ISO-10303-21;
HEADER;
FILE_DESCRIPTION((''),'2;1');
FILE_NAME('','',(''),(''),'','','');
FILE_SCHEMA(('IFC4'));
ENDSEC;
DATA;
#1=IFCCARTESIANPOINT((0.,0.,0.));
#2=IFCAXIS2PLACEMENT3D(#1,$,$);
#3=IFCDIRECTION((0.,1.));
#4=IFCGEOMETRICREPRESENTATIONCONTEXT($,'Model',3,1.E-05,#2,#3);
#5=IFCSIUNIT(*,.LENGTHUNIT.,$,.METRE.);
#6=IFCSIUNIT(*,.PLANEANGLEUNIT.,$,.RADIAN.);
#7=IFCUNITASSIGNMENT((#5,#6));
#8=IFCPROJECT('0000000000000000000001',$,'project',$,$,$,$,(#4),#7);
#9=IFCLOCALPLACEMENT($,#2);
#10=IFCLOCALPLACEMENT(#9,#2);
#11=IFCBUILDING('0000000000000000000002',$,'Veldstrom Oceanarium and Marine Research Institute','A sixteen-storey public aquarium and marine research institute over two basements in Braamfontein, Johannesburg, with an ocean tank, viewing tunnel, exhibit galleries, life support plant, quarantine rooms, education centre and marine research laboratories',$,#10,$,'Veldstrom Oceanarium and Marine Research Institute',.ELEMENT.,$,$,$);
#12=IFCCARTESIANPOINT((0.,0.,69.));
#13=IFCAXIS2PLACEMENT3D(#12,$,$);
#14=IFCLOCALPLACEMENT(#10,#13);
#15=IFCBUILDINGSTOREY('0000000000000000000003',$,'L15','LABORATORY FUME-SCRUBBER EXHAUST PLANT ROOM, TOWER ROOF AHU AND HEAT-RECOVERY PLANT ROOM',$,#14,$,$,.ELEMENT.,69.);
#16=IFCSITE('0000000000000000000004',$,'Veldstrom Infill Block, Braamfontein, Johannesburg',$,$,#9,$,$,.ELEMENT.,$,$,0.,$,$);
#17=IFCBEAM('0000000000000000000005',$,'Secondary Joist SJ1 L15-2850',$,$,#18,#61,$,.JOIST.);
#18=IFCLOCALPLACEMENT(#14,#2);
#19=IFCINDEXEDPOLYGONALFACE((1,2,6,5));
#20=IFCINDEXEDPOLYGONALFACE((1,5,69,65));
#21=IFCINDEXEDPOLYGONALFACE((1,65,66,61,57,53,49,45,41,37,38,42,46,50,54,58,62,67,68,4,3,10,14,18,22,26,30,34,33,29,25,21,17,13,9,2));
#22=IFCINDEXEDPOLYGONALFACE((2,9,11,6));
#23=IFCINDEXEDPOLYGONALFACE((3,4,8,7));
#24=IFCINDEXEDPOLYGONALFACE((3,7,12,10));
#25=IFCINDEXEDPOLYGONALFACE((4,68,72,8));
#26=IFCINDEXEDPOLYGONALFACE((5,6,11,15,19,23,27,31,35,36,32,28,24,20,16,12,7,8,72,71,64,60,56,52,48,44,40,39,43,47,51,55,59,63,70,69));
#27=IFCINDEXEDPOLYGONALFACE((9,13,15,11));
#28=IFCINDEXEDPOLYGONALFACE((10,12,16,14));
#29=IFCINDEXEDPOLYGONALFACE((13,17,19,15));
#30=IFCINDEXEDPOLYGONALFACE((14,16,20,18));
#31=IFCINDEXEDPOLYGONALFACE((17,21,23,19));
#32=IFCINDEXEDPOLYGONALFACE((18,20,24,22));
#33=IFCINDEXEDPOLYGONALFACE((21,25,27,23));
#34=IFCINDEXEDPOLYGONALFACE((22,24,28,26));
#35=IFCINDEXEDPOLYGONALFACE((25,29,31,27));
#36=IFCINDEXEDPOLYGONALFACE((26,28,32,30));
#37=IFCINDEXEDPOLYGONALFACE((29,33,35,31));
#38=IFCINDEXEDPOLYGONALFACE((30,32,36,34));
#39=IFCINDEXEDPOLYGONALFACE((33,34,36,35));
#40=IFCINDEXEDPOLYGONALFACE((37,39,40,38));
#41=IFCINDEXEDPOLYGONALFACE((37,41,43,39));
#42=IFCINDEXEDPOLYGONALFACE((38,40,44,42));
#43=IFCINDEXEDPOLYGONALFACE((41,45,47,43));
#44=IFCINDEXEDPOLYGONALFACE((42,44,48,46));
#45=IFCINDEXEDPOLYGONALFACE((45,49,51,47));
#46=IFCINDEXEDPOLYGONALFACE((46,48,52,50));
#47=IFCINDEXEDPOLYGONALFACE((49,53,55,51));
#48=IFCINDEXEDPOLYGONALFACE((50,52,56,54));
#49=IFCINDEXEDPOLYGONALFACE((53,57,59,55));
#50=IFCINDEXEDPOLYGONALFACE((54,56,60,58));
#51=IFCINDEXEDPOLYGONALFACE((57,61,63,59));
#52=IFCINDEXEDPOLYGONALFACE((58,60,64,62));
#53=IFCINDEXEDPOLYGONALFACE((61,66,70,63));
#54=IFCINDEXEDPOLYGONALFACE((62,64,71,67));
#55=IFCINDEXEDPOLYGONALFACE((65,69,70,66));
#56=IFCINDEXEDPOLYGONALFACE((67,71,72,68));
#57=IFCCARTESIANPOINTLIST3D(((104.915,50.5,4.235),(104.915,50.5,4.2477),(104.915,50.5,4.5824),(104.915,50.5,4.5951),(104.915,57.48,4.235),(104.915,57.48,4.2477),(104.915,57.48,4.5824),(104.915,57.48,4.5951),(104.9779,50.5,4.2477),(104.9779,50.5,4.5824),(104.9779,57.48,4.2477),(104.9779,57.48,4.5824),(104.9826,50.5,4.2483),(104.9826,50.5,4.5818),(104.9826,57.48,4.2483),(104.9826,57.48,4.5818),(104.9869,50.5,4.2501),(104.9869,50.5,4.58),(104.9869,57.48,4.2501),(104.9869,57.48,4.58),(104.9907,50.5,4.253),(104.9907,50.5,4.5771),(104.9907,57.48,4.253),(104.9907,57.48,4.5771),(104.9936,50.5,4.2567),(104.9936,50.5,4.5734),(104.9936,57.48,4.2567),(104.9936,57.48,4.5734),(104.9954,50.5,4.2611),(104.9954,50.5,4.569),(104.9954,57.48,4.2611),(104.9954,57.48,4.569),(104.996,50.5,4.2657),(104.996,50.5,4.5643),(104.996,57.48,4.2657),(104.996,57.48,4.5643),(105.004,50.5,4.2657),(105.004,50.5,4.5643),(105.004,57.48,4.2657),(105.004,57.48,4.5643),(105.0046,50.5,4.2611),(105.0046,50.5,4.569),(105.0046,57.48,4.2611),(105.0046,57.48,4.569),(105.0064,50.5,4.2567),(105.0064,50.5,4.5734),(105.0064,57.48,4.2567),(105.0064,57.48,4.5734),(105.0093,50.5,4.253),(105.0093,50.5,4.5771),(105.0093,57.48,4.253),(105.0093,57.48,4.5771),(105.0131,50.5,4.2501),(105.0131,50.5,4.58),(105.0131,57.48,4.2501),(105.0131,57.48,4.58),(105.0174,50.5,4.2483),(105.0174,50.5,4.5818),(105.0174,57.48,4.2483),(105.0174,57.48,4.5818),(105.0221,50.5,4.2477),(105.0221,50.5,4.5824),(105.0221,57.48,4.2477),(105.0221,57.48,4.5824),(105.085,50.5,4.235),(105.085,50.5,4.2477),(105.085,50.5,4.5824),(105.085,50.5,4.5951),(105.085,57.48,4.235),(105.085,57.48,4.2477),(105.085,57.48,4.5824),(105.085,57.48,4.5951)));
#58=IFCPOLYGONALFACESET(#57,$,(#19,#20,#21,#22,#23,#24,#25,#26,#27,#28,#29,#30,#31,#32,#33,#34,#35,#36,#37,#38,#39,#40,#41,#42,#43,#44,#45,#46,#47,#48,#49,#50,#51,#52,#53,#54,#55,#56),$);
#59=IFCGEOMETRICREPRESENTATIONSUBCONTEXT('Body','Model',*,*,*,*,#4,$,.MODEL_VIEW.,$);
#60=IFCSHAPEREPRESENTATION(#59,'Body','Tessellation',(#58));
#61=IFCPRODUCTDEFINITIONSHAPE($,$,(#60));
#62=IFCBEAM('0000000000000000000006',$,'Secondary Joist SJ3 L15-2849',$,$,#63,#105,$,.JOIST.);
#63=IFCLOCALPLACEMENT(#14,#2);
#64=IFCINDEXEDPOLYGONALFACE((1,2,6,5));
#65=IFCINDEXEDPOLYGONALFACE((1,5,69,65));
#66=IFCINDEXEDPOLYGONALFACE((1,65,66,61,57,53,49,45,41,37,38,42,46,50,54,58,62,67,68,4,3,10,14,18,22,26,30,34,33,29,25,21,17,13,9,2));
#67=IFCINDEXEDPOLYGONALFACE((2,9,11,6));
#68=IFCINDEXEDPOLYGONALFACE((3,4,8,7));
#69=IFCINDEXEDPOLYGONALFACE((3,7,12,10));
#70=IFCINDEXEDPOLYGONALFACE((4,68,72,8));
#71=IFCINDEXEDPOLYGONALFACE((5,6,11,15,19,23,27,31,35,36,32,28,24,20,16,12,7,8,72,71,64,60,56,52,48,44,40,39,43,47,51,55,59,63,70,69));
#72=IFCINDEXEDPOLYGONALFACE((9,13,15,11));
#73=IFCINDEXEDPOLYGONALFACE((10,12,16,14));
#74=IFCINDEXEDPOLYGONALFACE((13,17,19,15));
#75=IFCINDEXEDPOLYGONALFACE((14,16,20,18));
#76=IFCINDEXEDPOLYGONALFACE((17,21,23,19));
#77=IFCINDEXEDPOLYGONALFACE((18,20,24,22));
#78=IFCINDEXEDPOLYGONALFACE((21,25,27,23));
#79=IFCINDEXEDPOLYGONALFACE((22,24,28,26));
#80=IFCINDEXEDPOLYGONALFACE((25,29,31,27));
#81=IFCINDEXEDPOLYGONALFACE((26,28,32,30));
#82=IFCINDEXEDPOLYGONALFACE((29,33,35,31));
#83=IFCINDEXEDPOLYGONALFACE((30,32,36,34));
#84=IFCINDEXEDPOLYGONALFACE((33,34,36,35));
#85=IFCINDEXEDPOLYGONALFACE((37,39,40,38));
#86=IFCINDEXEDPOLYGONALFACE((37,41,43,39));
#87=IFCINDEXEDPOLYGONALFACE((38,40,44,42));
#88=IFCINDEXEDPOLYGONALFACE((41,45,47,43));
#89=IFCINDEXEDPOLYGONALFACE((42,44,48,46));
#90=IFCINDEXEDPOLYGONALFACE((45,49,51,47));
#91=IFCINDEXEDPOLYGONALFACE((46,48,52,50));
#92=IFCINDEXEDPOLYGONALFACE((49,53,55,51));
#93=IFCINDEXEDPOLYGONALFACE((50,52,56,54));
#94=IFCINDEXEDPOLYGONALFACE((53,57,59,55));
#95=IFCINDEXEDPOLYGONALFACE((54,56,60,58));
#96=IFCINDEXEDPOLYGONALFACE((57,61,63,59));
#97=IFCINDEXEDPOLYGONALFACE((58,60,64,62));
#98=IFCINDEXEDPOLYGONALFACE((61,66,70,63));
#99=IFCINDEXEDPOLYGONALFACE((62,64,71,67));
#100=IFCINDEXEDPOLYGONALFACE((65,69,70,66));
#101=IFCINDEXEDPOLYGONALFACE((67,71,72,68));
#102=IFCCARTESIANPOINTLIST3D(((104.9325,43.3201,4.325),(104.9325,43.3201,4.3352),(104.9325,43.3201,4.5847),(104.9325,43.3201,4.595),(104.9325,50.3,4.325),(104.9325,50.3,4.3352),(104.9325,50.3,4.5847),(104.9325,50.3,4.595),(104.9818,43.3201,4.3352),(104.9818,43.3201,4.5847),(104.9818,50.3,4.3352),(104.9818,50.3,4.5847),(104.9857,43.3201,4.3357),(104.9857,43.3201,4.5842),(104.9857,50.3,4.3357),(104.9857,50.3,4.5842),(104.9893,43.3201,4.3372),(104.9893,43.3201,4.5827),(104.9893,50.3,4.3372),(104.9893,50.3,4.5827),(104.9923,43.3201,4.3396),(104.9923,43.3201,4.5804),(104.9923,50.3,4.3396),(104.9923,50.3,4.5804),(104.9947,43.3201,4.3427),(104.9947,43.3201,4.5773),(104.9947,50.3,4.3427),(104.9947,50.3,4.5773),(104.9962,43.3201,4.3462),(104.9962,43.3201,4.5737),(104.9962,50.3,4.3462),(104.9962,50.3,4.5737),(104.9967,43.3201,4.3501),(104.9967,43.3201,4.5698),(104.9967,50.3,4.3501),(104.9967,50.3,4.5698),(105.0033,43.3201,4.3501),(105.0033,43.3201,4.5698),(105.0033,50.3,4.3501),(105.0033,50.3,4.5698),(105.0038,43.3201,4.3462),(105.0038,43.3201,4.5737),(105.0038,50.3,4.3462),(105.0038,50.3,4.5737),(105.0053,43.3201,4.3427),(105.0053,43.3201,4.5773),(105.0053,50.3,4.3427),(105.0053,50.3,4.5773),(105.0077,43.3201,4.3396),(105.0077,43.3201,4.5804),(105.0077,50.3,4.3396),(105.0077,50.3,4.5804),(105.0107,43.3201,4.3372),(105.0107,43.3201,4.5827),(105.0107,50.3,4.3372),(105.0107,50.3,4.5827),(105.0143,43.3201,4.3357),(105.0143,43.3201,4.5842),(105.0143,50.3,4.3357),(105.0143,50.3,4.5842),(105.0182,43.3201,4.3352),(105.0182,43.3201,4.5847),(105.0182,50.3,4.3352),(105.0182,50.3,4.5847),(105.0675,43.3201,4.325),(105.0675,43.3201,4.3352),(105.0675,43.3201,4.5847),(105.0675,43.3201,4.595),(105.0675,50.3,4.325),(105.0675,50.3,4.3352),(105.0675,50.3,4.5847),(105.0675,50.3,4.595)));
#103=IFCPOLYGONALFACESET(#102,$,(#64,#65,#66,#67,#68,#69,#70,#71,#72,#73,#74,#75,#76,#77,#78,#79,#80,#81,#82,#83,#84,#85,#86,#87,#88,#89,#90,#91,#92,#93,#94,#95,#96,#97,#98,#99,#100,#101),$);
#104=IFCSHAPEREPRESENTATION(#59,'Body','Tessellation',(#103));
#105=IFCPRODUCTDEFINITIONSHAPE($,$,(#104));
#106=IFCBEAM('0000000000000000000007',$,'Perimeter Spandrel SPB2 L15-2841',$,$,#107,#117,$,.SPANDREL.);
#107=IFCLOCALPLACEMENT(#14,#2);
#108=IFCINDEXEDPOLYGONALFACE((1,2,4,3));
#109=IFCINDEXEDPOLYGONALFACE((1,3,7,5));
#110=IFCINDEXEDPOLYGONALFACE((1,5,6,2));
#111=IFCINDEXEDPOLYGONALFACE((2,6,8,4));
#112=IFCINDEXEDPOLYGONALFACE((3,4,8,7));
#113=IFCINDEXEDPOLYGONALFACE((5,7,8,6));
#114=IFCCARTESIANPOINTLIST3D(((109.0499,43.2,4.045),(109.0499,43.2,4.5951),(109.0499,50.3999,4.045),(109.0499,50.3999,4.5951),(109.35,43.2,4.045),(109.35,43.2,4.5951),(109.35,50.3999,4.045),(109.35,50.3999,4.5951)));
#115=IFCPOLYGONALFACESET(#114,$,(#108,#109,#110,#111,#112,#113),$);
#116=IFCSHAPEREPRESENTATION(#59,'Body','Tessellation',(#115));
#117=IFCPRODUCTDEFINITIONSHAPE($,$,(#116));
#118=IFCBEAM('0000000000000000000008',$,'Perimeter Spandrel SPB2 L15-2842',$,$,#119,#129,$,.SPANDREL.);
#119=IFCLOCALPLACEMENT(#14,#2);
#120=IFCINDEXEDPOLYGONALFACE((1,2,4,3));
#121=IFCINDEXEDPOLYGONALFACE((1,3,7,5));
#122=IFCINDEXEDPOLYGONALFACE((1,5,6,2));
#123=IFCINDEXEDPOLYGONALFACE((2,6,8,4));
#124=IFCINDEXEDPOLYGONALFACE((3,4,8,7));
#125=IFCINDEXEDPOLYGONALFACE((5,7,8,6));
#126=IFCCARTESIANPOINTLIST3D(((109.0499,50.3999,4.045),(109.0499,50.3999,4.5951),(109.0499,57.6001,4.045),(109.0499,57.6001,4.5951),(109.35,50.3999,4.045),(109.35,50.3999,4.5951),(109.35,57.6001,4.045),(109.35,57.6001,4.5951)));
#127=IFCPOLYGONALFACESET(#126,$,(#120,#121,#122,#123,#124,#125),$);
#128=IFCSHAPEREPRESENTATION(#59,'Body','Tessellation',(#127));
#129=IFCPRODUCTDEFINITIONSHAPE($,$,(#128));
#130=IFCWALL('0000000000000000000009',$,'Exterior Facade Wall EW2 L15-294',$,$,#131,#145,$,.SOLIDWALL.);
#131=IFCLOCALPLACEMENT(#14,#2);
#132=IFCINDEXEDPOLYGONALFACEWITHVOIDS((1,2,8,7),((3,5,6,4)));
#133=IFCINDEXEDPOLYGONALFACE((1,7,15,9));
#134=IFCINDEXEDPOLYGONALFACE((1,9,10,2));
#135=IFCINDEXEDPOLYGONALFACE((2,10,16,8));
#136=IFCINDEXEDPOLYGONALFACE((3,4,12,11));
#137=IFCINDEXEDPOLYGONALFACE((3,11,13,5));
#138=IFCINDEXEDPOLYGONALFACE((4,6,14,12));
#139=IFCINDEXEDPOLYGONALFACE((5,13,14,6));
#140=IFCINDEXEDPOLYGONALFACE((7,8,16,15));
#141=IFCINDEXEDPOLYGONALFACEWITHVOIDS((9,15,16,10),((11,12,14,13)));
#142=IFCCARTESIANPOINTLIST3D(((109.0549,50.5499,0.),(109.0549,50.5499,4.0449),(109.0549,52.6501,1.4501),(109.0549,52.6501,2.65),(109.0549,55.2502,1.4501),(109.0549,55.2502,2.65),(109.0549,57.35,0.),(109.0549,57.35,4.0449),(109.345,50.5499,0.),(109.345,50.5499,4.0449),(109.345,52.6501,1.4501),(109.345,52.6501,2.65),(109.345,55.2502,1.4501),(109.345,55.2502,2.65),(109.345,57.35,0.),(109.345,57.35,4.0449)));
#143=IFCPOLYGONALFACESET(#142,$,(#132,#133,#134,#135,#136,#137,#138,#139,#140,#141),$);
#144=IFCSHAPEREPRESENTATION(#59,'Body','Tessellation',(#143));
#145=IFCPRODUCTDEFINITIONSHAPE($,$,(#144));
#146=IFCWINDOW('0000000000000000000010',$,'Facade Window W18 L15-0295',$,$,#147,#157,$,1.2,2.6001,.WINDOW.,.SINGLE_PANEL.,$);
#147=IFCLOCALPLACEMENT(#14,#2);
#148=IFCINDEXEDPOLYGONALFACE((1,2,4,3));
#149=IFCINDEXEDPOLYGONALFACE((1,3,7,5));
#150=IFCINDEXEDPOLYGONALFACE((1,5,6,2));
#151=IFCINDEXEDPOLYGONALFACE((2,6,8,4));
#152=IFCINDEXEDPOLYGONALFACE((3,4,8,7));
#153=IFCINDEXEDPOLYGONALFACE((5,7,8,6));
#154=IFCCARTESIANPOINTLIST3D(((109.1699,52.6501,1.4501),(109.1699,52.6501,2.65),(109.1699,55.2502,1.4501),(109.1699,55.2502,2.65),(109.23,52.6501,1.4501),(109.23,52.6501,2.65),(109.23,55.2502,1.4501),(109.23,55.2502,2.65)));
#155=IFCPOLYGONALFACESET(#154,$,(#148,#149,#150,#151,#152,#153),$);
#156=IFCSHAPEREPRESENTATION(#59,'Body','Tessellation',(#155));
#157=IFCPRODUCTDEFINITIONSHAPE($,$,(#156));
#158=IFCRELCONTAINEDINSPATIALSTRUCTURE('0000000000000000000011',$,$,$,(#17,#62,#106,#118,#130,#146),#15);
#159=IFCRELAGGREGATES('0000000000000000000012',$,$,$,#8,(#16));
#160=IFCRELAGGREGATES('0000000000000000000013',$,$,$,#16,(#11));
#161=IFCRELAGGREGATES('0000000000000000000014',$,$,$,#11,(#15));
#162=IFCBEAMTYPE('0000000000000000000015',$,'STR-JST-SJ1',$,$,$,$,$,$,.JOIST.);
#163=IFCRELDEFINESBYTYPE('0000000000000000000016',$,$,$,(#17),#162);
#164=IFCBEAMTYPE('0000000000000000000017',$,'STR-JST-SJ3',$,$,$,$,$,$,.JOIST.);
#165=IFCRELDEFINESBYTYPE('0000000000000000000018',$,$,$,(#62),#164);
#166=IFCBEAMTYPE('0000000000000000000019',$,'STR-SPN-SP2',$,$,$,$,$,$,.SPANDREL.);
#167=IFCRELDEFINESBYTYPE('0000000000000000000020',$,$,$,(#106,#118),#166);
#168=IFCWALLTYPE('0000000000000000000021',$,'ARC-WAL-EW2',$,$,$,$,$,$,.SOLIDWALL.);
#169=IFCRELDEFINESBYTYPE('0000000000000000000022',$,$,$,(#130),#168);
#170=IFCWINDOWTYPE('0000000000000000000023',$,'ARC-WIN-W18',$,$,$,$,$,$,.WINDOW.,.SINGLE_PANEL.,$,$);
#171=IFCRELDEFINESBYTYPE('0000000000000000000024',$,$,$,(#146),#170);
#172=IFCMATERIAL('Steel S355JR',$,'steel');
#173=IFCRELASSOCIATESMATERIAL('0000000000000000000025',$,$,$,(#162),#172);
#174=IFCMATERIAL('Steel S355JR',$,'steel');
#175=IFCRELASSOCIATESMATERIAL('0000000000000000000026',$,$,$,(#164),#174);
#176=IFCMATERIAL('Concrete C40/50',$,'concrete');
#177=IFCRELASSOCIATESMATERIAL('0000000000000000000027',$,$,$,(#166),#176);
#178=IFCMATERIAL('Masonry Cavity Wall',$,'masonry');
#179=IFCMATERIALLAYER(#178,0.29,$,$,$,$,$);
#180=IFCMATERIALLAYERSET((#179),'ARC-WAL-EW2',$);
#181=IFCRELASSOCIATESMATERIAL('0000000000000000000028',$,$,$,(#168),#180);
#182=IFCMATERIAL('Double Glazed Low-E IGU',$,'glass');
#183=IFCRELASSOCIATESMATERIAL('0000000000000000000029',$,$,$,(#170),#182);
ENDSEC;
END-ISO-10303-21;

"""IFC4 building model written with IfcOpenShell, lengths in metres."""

from ifc_helpers import new_model, si_unit, direction, frame, frame_2d, origin, origin_2d, place, context, subcontext, project, spatial, rectangle, i_section, extrude, material, layer, layer_set, material_profile, profile_set, type_object, element, fill, save


model = new_model("IFC4")

# Units and contexts
model_context = context("Model", 3, precision=1e-05, world=origin(), true_north=direction((0.0, 1.0)))
body_context = subcontext(model_context, "Body", "Model", "MODEL_VIEW")
ifc_project = project(units=[si_unit("LENGTHUNIT", "METRE"), si_unit("PLANEANGLEUNIT", "RADIAN")], contexts=[model_context])

# Site, building, storey
site_placement = place(None, origin())
site = spatial("IfcSite", under=ifc_project, at=site_placement, Name="Veldstrom Infill Block, Braamfontein, Johannesburg", CompositionType="ELEMENT", RefElevation=0.0)
building_placement = place(site_placement, origin())
building = spatial("IfcBuilding", under=site, at=building_placement, Name="Veldstrom Oceanarium and Marine Research Institute", Description="A sixteen-storey public aquarium and marine research institute over two basements in Braamfontein, Johannesburg, with an ocean tank, viewing tunnel, exhibit galleries, life support plant, quarantine rooms, education centre and marine research laboratories", LongName="Veldstrom Oceanarium and Marine Research Institute", CompositionType="ELEMENT")
storey_placement = place(building_placement, frame((0.0, 0.0, 69.0)))
storey = spatial("IfcBuildingStorey", under=building, at=storey_placement, Name="L15", Description="LABORATORY FUME-SCRUBBER EXHAUST PLANT ROOM, TOWER ROOF AHU AND HEAT-RECOVERY PLANT ROOM", CompositionType="ELEMENT", Elevation=69.0)

# Beams
ifc_material_1 = material(Name="Steel S355JR", Category="steel")
ifc_material_profile_1 = material_profile(ifc_material_1, i_section(OverallWidth=0.1699, OverallDepth=0.3601, WebThickness=0.0081, FlangeThickness=0.0127, FilletRadius=0.0181, at=origin_2d()), Name="IPE 360")
ifc_profile_set_1 = profile_set([ifc_material_profile_1], Name="Steel S355JR")
beam_type_1 = type_object("IfcBeamType", Name="STR-JST-SJ1", PredefinedType="JOIST", material=ifc_profile_set_1)
beam_1_placement = place(storey_placement, frame((105.0, 50.5, 4.415), z_axis=(0.0, 1.0, 0.0), x_axis=(-1.0, 0.0, 0.0)))
element("IfcBeam", 1, at=beam_1_placement, inside=storey, type_object=beam_type_1, Name="Secondary Joist SJ1 L15-2850", PredefinedType="JOIST", context=body_context, shape_type="SweptSolid", body=[
    extrude(i_section(OverallWidth=0.1699, OverallDepth=0.3601, WebThickness=0.0081, FlangeThickness=0.0127, FilletRadius=0.0181, at=origin_2d()), origin(), (0.0, 0.0, 1.0), 6.98),
])
ifc_material_2 = material(Name="Steel S355JR", Category="steel")
ifc_material_profile_2 = material_profile(ifc_material_2, i_section(OverallWidth=0.135, OverallDepth=0.27, WebThickness=0.0066, FlangeThickness=0.0103, FilletRadius=0.0149, at=origin_2d()), Name="IPE 270")
ifc_profile_set_2 = profile_set([ifc_material_profile_2], Name="Steel S355JR")
beam_type_2 = type_object("IfcBeamType", Name="STR-JST-SJ3", PredefinedType="JOIST", material=ifc_profile_set_2)
beam_2_placement = place(storey_placement, frame((105.0, 43.3201, 4.46), z_axis=(0.0, 1.0, 0.0), x_axis=(-1.0, 0.0, 0.0)))
element("IfcBeam", 2, at=beam_2_placement, inside=storey, type_object=beam_type_2, Name="Secondary Joist SJ3 L15-2849", PredefinedType="JOIST", context=body_context, shape_type="SweptSolid", body=[
    extrude(i_section(OverallWidth=0.135, OverallDepth=0.27, WebThickness=0.0066, FlangeThickness=0.0103, FilletRadius=0.0149, at=origin_2d()), origin(), (0.0, 0.0, 1.0), 6.98),
])
ifc_material_3 = material(Name="Concrete C40/50", Category="concrete")
ifc_material_profile_3 = material_profile(ifc_material_3, rectangle(XDim=0.3, YDim=0.55, at=origin_2d()), Name="RC-SPN-300x550")
ifc_profile_set_3 = profile_set([ifc_material_profile_3], Name="Concrete C40/50")
beam_type_3 = type_object("IfcBeamType", Name="STR-SPN-SP2", PredefinedType="SPANDREL", material=ifc_profile_set_3)
beam_3_placement = place(storey_placement, frame((109.2, 43.2, 4.3201), z_axis=(0.0, 1.0, 0.0), x_axis=(-1.0, 0.0, 0.0)))
element("IfcBeam", 3, at=beam_3_placement, inside=storey, type_object=beam_type_3, Name="Perimeter Spandrel SPB2 L15-2841", PredefinedType="SPANDREL", context=body_context, shape_type="SweptSolid", body=[
    extrude(rectangle(XDim=0.3, YDim=0.55, at=origin_2d()), origin(), (0.0, 0.0, 1.0), 7.2),
])
beam_4_placement = place(storey_placement, frame((109.2, 50.3999, 4.3201), z_axis=(0.0, 1.0, 0.0), x_axis=(-1.0, 0.0, 0.0)))
element("IfcBeam", 4, at=beam_4_placement, inside=storey, type_object=beam_type_3, Name="Perimeter Spandrel SPB2 L15-2842", PredefinedType="SPANDREL", context=body_context, shape_type="SweptSolid", body=[
    extrude(rectangle(XDim=0.3, YDim=0.55, at=origin_2d()), origin(), (0.0, 0.0, 1.0), 7.2002),
])

# Wall, opening, window
ifc_material_4 = material(Name="Masonry Cavity Wall", Category="masonry")
ifc_layer_1 = layer(ifc_material_4, 0.29)
ifc_layer_set_1 = layer_set([ifc_layer_1], Name="ARC-WAL-EW2")
wall_type_1 = type_object("IfcWallType", Name="ARC-WAL-EW2", PredefinedType="SOLIDWALL", material=ifc_layer_set_1)
wall_1_placement = place(storey_placement, frame((109.2, 50.55, 0.0), z_axis=(0.0, 0.0, 1.0), x_axis=(0.0, 1.0, 0.0)))
wall_1 = element("IfcWall", 5, at=wall_1_placement, inside=storey, type_object=wall_type_1, Name="Exterior Facade Wall EW2 L15-294", PredefinedType="SOLIDWALL", context=body_context, shape_type="SweptSolid", body=[
    extrude(rectangle(XDim=6.8, YDim=0.29, at=frame_2d((3.3999, 0.0))), origin(), (0.0, 0.0, 1.0), 4.0449),
])
opening_1_placement = place(wall_1_placement, frame((2.1001, 0.0, 1.45)))
opening_1 = element("IfcOpeningElement", 6, at=opening_1_placement, cuts=wall_1, PredefinedType="OPENING", context=body_context, shape_type="SweptSolid", body=[
    extrude(rectangle(XDim=2.6001, YDim=1.2, at=frame_2d((1.3, 0.6001))), frame((0.0, 0.155, 0.0), z_axis=(0.0, -1.0, 0.0), x_axis=(1.0, 0.0, 0.0)), (0.0, 0.0, 1.0), 0.3101),
])
ifc_material_5 = material(Name="Double Glazed Low-E IGU", Category="glass")
window_type_1 = type_object("IfcWindowType", Name="ARC-WIN-W18", PartitioningType="SINGLE_PANEL", PredefinedType="WINDOW", material=ifc_material_5)
window_1_placement = place(opening_1_placement, origin())
window_1 = element("IfcWindow", 7, at=window_1_placement, inside=storey, type_object=window_type_1, Name="Facade Window W18 L15-0295", OverallHeight=1.2, OverallWidth=2.6001, PartitioningType="SINGLE_PANEL", PredefinedType="WINDOW", context=body_context, shape_type="SweptSolid", body=[
    extrude(rectangle(XDim=2.6001, YDim=1.2, at=frame_2d((1.3, 0.6001))), frame((0.0, 0.03, 0.0), z_axis=(0.0, -1.0, 0.0), x_axis=(1.0, 0.0, 0.0)), (0.0, 0.0, 1.0), 0.0601),
])
fill(opening_1, window_1)

save(model, "model.ifc")
